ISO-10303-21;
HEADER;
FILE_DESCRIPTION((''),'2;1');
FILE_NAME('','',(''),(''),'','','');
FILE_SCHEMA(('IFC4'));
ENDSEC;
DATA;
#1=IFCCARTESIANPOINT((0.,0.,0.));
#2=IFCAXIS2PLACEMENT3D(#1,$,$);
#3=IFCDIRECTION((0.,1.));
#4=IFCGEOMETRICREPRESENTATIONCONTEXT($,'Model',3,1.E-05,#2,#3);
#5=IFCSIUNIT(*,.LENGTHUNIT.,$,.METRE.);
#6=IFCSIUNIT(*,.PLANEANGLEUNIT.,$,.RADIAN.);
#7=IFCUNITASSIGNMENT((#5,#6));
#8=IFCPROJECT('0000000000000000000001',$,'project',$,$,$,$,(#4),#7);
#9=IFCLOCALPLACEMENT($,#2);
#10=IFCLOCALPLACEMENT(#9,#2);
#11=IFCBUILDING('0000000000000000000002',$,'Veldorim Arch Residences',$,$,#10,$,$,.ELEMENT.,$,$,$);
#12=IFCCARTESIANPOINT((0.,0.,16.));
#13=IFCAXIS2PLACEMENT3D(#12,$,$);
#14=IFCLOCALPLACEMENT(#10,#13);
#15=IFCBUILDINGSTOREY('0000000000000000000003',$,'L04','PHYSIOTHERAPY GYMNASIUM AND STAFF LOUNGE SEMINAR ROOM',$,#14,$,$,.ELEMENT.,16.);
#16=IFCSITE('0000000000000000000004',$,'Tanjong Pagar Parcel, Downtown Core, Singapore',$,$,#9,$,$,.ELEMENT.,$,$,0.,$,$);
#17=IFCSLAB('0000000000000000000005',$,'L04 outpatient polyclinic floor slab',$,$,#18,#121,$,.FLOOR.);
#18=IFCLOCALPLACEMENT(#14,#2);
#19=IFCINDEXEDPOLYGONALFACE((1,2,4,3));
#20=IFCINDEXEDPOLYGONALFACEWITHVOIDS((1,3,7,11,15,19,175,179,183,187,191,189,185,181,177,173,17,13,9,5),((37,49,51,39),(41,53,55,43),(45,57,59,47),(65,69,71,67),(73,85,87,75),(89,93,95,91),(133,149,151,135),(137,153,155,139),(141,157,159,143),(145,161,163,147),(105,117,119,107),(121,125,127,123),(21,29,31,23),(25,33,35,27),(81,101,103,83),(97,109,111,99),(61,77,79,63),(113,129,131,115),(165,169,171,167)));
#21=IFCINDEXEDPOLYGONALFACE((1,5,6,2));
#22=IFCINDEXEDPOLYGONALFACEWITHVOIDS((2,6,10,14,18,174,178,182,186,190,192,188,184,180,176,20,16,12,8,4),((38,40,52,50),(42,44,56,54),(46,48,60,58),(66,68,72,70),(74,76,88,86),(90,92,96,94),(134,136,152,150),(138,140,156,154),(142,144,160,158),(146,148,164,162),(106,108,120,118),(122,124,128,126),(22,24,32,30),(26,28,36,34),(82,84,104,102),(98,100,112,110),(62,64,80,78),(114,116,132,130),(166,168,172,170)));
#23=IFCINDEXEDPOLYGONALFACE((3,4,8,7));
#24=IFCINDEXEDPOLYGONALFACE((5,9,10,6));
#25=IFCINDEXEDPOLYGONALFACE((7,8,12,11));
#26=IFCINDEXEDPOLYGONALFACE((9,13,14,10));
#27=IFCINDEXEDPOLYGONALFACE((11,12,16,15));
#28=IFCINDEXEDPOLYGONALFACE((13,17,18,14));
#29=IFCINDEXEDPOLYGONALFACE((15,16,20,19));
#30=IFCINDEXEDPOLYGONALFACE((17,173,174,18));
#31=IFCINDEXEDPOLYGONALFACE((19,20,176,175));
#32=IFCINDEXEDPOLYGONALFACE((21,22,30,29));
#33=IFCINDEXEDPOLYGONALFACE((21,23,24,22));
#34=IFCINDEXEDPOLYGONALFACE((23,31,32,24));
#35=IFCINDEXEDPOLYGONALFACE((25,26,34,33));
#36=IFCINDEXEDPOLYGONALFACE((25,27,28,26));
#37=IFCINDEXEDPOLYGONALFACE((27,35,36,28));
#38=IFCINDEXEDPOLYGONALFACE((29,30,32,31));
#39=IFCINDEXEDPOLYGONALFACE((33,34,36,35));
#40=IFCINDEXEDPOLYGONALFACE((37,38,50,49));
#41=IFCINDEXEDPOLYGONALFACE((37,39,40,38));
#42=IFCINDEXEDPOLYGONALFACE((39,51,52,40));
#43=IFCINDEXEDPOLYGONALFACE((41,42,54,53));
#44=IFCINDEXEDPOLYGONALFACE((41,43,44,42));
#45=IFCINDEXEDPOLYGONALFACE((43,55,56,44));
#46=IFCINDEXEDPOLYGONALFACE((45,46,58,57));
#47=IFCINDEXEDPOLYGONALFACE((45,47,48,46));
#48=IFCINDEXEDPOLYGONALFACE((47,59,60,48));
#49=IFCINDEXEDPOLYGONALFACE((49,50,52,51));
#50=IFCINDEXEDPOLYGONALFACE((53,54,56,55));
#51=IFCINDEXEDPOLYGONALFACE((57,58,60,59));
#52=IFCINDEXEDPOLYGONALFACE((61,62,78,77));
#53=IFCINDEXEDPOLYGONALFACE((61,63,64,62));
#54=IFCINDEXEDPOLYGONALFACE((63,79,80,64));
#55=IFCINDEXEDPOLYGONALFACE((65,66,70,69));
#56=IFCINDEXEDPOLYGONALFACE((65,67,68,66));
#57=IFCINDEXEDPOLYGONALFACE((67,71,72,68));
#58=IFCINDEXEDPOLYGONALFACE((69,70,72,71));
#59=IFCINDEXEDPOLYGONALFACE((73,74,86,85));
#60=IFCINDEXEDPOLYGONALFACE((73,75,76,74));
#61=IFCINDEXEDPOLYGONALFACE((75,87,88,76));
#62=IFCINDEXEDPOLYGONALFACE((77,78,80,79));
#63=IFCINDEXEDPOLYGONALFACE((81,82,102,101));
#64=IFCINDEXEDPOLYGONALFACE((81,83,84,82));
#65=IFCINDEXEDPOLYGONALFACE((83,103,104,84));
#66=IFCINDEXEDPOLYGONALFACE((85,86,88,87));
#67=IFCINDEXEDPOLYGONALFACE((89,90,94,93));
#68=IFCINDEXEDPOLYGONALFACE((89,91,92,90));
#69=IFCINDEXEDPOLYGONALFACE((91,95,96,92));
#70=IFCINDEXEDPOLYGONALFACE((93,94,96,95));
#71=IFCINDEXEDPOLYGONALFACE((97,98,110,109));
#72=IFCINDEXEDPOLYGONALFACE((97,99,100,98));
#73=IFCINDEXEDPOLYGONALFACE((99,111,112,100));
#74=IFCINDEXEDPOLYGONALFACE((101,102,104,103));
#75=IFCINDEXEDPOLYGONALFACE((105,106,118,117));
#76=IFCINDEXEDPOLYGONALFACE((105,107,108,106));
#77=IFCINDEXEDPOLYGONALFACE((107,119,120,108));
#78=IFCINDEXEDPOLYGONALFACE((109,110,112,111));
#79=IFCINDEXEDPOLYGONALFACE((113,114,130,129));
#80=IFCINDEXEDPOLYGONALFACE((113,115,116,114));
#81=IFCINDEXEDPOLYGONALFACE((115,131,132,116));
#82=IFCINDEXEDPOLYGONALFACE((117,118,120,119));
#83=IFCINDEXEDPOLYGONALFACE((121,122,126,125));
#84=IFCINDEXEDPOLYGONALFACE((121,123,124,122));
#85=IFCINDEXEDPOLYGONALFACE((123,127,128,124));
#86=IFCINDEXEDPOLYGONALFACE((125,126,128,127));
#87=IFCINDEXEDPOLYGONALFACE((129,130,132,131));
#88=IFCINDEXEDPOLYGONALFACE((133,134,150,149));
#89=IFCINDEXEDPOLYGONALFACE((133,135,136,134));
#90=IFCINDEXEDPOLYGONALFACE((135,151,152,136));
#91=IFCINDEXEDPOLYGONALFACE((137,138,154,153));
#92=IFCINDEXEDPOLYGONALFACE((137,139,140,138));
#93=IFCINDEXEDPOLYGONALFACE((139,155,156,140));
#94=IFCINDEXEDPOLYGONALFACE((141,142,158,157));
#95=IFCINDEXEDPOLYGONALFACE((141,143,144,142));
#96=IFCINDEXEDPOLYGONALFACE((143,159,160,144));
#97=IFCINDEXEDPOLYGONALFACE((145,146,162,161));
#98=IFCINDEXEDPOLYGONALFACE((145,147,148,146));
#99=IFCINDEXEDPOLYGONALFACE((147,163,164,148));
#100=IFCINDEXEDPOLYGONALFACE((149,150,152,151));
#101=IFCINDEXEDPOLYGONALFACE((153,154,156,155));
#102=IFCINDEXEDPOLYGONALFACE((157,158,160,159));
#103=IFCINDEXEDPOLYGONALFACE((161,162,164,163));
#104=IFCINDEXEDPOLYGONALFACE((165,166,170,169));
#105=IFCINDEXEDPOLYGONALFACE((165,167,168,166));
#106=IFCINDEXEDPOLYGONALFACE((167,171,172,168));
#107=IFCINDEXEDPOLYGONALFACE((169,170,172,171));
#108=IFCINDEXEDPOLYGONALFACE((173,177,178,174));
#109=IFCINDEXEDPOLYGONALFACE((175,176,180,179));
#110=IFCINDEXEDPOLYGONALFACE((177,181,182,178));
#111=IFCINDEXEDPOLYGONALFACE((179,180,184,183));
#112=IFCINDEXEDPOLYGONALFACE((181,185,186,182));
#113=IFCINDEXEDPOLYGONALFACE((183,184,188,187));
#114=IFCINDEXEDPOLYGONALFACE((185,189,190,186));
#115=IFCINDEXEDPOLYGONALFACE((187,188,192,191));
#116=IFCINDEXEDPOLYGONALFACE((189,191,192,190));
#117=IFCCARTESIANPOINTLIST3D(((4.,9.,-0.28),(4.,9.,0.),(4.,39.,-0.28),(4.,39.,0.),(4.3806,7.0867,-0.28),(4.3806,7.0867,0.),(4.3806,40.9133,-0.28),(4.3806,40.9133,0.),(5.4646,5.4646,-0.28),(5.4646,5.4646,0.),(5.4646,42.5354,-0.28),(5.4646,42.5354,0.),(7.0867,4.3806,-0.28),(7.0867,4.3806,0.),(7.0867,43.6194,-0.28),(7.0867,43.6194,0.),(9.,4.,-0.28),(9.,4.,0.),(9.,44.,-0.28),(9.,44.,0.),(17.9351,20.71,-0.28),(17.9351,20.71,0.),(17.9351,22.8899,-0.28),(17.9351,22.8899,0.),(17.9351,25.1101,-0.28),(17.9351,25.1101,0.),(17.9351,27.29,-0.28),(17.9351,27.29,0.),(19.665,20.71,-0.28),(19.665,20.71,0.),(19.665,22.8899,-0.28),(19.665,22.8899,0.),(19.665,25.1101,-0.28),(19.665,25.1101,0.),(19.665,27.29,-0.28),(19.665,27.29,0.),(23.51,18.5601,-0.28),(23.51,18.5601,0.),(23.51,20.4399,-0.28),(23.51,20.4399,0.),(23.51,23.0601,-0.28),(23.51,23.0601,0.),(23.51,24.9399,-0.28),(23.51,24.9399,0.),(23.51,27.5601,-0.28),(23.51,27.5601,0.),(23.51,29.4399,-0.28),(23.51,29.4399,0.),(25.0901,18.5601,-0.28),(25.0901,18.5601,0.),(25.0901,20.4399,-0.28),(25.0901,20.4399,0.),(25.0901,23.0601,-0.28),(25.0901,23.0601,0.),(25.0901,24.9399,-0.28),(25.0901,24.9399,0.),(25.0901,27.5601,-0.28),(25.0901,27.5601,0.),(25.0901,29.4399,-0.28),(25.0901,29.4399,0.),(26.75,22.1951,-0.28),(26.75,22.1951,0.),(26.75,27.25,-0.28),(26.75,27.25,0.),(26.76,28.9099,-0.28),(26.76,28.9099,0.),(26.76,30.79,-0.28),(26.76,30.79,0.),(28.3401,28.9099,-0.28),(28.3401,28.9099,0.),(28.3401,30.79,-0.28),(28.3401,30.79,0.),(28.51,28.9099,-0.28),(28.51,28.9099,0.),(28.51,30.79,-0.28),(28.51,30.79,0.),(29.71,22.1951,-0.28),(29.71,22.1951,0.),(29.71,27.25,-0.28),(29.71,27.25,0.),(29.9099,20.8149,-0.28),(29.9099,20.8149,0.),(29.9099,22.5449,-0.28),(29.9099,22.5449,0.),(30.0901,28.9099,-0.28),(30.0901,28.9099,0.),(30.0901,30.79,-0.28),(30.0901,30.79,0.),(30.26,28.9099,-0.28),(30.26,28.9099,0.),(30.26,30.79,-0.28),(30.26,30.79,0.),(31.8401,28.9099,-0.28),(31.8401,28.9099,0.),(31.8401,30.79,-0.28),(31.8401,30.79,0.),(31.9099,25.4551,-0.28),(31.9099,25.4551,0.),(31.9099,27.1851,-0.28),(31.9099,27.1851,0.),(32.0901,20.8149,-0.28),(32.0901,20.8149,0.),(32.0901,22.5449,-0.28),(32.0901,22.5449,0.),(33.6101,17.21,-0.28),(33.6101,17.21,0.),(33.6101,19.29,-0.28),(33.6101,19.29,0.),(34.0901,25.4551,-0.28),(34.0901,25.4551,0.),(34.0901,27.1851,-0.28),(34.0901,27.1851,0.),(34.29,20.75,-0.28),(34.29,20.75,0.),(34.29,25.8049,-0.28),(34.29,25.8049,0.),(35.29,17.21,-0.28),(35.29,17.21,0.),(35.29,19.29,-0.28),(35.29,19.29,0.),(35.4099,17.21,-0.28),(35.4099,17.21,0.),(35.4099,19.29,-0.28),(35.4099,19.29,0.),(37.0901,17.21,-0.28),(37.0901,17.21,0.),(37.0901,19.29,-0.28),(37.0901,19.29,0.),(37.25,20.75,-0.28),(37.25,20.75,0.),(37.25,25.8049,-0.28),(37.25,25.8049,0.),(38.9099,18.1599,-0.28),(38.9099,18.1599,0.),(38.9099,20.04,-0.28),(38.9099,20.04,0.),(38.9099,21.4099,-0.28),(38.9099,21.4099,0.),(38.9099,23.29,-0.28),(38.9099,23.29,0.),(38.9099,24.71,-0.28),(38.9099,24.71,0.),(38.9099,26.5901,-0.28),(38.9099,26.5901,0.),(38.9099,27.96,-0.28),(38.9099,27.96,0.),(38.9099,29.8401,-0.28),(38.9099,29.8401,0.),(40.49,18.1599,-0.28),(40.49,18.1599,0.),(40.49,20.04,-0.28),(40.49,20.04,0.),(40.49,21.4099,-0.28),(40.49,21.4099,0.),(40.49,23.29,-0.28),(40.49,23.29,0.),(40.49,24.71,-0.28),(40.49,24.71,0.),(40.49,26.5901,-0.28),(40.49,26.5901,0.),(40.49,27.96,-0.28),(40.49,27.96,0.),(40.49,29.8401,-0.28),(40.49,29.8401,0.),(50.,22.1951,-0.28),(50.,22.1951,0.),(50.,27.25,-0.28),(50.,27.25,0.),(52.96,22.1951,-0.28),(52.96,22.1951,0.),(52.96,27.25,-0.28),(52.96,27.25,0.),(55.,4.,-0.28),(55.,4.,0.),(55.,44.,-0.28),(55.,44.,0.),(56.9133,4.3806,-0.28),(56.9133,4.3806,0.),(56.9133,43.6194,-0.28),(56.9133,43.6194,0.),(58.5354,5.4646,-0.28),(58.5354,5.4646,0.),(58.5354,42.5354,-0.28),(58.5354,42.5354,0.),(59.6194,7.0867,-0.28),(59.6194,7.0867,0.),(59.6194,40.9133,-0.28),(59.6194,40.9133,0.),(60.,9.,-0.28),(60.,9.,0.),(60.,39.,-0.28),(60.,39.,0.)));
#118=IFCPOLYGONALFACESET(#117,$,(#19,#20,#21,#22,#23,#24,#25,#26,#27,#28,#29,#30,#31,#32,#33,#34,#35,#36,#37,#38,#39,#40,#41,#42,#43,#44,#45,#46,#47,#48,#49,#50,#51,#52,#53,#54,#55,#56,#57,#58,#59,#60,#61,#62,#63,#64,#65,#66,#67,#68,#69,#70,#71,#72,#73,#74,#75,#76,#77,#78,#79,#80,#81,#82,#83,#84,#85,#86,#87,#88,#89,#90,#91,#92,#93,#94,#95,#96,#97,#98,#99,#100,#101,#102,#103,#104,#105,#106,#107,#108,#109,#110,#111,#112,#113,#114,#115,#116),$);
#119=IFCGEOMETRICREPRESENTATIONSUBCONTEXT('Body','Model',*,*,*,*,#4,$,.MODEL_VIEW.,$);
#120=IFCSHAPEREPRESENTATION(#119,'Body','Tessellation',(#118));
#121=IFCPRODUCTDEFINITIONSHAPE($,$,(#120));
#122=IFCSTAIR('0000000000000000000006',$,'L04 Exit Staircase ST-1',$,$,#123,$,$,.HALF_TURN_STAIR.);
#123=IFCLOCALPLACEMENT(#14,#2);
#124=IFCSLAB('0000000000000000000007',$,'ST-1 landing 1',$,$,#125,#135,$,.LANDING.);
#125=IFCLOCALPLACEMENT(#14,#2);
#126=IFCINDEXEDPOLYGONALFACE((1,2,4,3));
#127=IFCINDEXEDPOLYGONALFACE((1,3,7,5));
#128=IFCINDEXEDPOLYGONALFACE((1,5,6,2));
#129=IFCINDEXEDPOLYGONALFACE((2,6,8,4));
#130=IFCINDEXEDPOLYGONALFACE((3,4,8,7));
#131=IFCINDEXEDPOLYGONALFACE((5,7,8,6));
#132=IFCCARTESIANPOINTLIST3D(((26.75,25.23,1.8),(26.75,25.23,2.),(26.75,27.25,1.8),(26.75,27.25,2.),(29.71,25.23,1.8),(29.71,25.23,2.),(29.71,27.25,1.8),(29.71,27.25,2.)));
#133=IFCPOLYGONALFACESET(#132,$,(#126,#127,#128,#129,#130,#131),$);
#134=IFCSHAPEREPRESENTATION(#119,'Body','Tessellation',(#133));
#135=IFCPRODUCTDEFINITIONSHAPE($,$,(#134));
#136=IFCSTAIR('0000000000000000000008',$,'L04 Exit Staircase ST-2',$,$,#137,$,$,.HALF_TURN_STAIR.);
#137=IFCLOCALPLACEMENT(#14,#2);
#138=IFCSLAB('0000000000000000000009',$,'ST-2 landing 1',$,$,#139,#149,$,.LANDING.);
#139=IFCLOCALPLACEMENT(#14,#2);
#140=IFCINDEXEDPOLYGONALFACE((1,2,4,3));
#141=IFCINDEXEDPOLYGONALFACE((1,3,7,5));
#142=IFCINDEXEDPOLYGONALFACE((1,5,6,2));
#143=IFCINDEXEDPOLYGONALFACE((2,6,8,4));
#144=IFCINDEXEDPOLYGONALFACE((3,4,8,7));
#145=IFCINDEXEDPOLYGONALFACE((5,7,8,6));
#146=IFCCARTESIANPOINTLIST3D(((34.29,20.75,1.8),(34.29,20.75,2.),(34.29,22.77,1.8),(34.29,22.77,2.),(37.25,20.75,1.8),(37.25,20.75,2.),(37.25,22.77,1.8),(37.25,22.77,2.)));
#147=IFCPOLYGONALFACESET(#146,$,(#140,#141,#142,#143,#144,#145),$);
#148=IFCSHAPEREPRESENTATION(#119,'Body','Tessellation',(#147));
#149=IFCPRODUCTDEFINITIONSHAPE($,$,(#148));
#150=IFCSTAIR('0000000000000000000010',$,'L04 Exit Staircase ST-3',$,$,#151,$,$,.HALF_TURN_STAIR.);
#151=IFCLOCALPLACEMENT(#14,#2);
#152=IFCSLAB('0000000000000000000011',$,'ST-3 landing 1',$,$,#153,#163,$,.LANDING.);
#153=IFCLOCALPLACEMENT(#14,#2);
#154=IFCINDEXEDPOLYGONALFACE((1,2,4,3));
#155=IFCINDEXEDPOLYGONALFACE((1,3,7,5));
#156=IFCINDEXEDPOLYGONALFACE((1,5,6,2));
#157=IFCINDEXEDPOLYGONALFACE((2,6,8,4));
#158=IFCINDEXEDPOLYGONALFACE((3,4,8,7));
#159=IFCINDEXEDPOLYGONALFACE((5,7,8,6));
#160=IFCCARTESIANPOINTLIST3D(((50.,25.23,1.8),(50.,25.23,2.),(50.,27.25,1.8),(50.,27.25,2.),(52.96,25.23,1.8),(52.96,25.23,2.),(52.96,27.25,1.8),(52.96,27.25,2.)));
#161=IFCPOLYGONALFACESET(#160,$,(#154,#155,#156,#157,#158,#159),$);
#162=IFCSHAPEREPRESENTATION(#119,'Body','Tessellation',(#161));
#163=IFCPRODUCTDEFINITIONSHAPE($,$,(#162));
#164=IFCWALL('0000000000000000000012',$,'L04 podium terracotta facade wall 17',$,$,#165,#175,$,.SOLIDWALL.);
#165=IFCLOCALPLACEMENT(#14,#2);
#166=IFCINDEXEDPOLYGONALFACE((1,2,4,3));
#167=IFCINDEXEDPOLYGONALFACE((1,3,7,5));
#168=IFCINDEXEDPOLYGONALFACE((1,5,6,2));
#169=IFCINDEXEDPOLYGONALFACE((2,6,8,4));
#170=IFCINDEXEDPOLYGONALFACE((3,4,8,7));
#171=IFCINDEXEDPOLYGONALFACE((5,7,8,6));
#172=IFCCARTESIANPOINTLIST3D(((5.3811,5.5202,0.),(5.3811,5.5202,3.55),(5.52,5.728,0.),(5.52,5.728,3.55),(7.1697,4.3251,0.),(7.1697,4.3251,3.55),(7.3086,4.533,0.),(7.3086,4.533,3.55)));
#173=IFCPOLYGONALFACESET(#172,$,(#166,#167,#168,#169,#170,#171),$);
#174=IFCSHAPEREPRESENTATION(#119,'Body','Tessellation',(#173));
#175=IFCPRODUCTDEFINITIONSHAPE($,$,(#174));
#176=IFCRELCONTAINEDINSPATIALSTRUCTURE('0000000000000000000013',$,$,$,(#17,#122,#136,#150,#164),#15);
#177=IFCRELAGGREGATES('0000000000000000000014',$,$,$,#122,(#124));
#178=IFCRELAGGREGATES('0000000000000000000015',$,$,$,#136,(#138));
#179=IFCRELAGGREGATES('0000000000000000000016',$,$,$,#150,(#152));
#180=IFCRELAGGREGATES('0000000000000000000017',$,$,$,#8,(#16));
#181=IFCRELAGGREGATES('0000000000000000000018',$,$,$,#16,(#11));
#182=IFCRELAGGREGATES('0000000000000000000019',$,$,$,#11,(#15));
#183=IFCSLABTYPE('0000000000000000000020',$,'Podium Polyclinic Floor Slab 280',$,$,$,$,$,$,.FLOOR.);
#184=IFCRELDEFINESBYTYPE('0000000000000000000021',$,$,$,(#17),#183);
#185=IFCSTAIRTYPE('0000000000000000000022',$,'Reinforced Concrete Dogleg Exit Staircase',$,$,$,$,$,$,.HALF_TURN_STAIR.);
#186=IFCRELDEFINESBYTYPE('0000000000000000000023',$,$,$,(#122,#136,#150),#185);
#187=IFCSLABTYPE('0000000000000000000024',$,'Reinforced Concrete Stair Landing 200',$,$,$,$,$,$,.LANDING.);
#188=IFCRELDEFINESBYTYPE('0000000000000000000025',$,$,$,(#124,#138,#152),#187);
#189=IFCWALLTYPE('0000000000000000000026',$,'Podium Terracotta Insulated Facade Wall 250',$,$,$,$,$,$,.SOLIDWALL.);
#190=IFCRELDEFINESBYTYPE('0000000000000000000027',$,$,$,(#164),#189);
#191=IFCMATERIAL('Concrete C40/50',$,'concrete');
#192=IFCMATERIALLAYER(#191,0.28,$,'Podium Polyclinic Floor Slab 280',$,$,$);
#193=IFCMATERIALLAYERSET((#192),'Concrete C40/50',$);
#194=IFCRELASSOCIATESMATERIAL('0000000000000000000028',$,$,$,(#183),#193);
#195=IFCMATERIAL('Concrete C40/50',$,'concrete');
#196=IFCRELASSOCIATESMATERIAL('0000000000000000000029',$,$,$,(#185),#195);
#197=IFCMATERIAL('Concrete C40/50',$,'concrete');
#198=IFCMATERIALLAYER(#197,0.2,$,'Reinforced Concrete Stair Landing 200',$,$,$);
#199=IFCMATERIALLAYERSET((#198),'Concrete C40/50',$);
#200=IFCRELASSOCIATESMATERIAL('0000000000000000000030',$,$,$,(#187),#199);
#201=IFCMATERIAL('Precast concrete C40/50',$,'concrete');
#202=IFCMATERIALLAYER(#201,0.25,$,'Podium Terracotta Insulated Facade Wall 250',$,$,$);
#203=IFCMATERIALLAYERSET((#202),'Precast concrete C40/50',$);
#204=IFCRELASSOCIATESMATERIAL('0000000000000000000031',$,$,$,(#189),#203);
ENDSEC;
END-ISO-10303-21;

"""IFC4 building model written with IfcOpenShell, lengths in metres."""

from ifc_helpers import new_model, si_unit, direction, frame, frame_2d, origin, place, context, subcontext, project, spatial, polyline, rectangle, outline, extrude, material, layer, layer_set, type_object, element, aggregate, save


model = new_model("IFC4")

# Units and contexts
model_context = context("Model", 3, precision=1e-05, world=origin(), true_north=direction((0.0, 1.0)))
body_context = subcontext(model_context, "Body", "Model", "MODEL_VIEW")
ifc_project = project(units=[si_unit("LENGTHUNIT", "METRE"), si_unit("PLANEANGLEUNIT", "RADIAN")], contexts=[model_context])

# Site, building, storey
site_placement = place(None, origin())
site = spatial("IfcSite", under=ifc_project, at=site_placement, Name="Tanjong Pagar Parcel, Downtown Core, Singapore", CompositionType="ELEMENT", RefElevation=0.0)
building_placement = place(site_placement, origin())
building = spatial("IfcBuilding", under=site, at=building_placement, Name="Veldorim Arch Residences", CompositionType="ELEMENT")
storey_placement = place(building_placement, frame((0.0, 0.0, 16.0)))
storey = spatial("IfcBuildingStorey", under=building, at=storey_placement, Name="L04", Description="PHYSIOTHERAPY GYMNASIUM AND STAFF LOUNGE SEMINAR ROOM", CompositionType="ELEMENT", Elevation=16.0)

# Slab
ifc_material_1 = material(Name="Concrete C40/50", Category="concrete")
ifc_layer_1 = layer(ifc_material_1, 0.28, Name="Podium Polyclinic Floor Slab 280")
ifc_layer_set_1 = layer_set([ifc_layer_1], Name="Concrete C40/50")
slab_type_1 = type_object("IfcSlabType", Name="Podium Polyclinic Floor Slab 280", PredefinedType="FLOOR", material=ifc_layer_set_1)
slab_1_placement = place(storey_placement, frame((0.0, 0.0, -0.28)))
element("IfcSlab", 1, at=slab_1_placement, inside=storey, type_object=slab_type_1, Name="L04 outpatient polyclinic floor slab", PredefinedType="FLOOR", context=body_context, shape_type="SweptSolid", body=[
    extrude(outline(polyline([(55.0, 4.0), (56.9133, 4.3806), (58.5354, 5.4646), (59.6194, 7.0867), (60.0, 9.0), (60.0, 39.0), (59.6194, 40.9133), (58.5354, 42.5354), (56.9133, 43.6194), (55.0, 44.0), (9.0, 44.0), (7.0867, 43.6194), (5.4646, 42.5354), (4.3806, 40.9133), (4.0, 39.0), (4.0, 9.0), (4.3806, 7.0867), (5.4646, 5.4646), (7.0867, 4.3806), (9.0, 4.0), (55.0, 4.0)]), holes=[polyline([(23.51, 20.4399), (25.0901, 20.4399), (25.0901, 18.5601), (23.51, 18.5601), (23.51, 20.4399)]), polyline([(29.9099, 22.5449), (32.0901, 22.5449), (32.0901, 20.8149), (29.9099, 20.8149), (29.9099, 22.5449)]), polyline([(17.9351, 22.8899), (19.665, 22.8899), (19.665, 20.71), (17.9351, 20.71), (17.9351, 22.8899)]), polyline([(23.51, 24.9399), (25.0901, 24.9399), (25.0901, 23.0601), (23.51, 23.0601), (23.51, 24.9399)]), polyline([(26.75, 27.25), (29.71, 27.25), (29.71, 22.1951), (26.75, 22.1951), (26.75, 27.25)]), polyline([(17.9351, 27.29), (19.665, 27.29), (19.665, 25.1101), (17.9351, 25.1101), (17.9351, 27.29)]), polyline([(23.51, 29.4399), (25.0901, 29.4399), (25.0901, 27.5601), (23.51, 27.5601), (23.51, 29.4399)]), polyline([(28.3401, 30.79), (28.3401, 28.9099), (26.76, 28.9099), (26.76, 30.79), (28.3401, 30.79)]), polyline([(30.0901, 30.79), (30.0901, 28.9099), (28.51, 28.9099), (28.51, 30.79), (30.0901, 30.79)]), polyline([(30.26, 30.79), (31.8401, 30.79), (31.8401, 28.9099), (30.26, 28.9099), (30.26, 30.79)]), polyline([(33.6101, 19.29), (35.29, 19.29), (35.29, 17.21), (33.6101, 17.21), (33.6101, 19.29)]), polyline([(35.4099, 19.29), (37.0901, 19.29), (37.0901, 17.21), (35.4099, 17.21), (35.4099, 19.29)]), polyline([(40.49, 20.04), (40.49, 18.1599), (38.9099, 18.1599), (38.9099, 20.04), (40.49, 20.04)]), polyline([(40.49, 23.29), (40.49, 21.4099), (38.9099, 21.4099), (38.9099, 23.29), (40.49, 23.29)]), polyline([(34.29, 25.8049), (37.25, 25.8049), (37.25, 20.75), (34.29, 20.75), (34.29, 25.8049)]), polyline([(50.0, 27.25), (52.96, 27.25), (52.96, 22.1951), (50.0, 22.1951), (50.0, 27.25)]), polyline([(38.9099, 26.5901), (40.49, 26.5901), (40.49, 24.71), (38.9099, 24.71), (38.9099, 26.5901)]), polyline([(34.0901, 27.1851), (34.0901, 25.4551), (31.9099, 25.4551), (31.9099, 27.1851), (34.0901, 27.1851)]), polyline([(40.49, 29.8401), (40.49, 27.96), (38.9099, 27.96), (38.9099, 29.8401), (40.49, 29.8401)])]), origin(), (0.0, 0.0, 1.0), 0.28),
])

# Stairs, slabs
ifc_material_2 = material(Name="Concrete C40/50", Category="concrete")
stair_type = type_object("IfcStairType", Name="Reinforced Concrete Dogleg Exit Staircase", PredefinedType="HALF_TURN_STAIR", material=ifc_material_2)
stair_1_placement = place(storey_placement, origin())
stair_1 = element("IfcStair", 2, at=stair_1_placement, inside=storey, type_object=stair_type, Name="L04 Exit Staircase ST-1", PredefinedType="HALF_TURN_STAIR")
ifc_material_3 = material(Name="Concrete C40/50", Category="concrete")
ifc_layer_2 = layer(ifc_material_3, 0.2, Name="Reinforced Concrete Stair Landing 200")
ifc_layer_set_2 = layer_set([ifc_layer_2], Name="Concrete C40/50")
slab_type_2 = type_object("IfcSlabType", Name="Reinforced Concrete Stair Landing 200", PredefinedType="LANDING", material=ifc_layer_set_2)
slab_2_placement = place(storey_placement, frame((0.0, 0.0, 1.8)))
slab_2 = element("IfcSlab", 3, at=slab_2_placement, type_object=slab_type_2, Name="ST-1 landing 1", PredefinedType="LANDING", context=body_context, shape_type="SweptSolid", body=[
    extrude(outline(polyline([(29.71, 25.23), (29.71, 27.25), (26.75, 27.25), (26.75, 25.23), (29.71, 25.23)])), origin(), (0.0, 0.0, 1.0), 0.2),
])
aggregate(stair_1, [slab_2])
stair_2_placement = place(storey_placement, origin())
stair_2 = element("IfcStair", 4, at=stair_2_placement, inside=storey, type_object=stair_type, Name="L04 Exit Staircase ST-2", PredefinedType="HALF_TURN_STAIR")
slab_3_placement = place(storey_placement, frame((0.0, 0.0, 1.8)))
slab_3 = element("IfcSlab", 5, at=slab_3_placement, type_object=slab_type_2, Name="ST-2 landing 1", PredefinedType="LANDING", context=body_context, shape_type="SweptSolid", body=[
    extrude(outline(polyline([(34.29, 22.77), (34.29, 20.75), (37.25, 20.75), (37.25, 22.77), (34.29, 22.77)])), origin(), (0.0, 0.0, 1.0), 0.2),
])
aggregate(stair_2, [slab_3])
stair_3_placement = place(storey_placement, origin())
stair_3 = element("IfcStair", 6, at=stair_3_placement, inside=storey, type_object=stair_type, Name="L04 Exit Staircase ST-3", PredefinedType="HALF_TURN_STAIR")
slab_4_placement = place(storey_placement, frame((0.0, 0.0, 1.8)))
slab_4 = element("IfcSlab", 7, at=slab_4_placement, type_object=slab_type_2, Name="ST-3 landing 1", PredefinedType="LANDING", context=body_context, shape_type="SweptSolid", body=[
    extrude(outline(polyline([(52.96, 25.23), (52.96, 27.25), (50.0, 27.25), (50.0, 25.23), (52.96, 25.23)])), origin(), (0.0, 0.0, 1.0), 0.2),
])
aggregate(stair_3, [slab_4])

# Wall
ifc_material_4 = material(Name="Precast concrete C40/50", Category="concrete")
ifc_layer_3 = layer(ifc_material_4, 0.25, Name="Podium Terracotta Insulated Facade Wall 250")
ifc_layer_set_3 = layer_set([ifc_layer_3], Name="Precast concrete C40/50")
wall_type = type_object("IfcWallType", Name="Podium Terracotta Insulated Facade Wall 250", PredefinedType="SOLIDWALL", material=ifc_layer_set_3)
wall_1_placement = place(storey_placement, frame((7.2393, 4.429, 0.0), z_axis=(0.0, 0.0, 1.0), x_axis=(-0.831474, 0.555564, 0.0)))
element("IfcWall", 8, at=wall_1_placement, inside=storey, type_object=wall_type, Name="L04 podium terracotta facade wall 17", PredefinedType="SOLIDWALL", context=body_context, shape_type="SweptSolid", body=[
    extrude(rectangle(XDim=2.1511, YDim=0.25, at=frame_2d((1.0757, 0.0))), origin(), (0.0, 0.0, 1.0), 3.55),
])

save(model, "model.ifc")
